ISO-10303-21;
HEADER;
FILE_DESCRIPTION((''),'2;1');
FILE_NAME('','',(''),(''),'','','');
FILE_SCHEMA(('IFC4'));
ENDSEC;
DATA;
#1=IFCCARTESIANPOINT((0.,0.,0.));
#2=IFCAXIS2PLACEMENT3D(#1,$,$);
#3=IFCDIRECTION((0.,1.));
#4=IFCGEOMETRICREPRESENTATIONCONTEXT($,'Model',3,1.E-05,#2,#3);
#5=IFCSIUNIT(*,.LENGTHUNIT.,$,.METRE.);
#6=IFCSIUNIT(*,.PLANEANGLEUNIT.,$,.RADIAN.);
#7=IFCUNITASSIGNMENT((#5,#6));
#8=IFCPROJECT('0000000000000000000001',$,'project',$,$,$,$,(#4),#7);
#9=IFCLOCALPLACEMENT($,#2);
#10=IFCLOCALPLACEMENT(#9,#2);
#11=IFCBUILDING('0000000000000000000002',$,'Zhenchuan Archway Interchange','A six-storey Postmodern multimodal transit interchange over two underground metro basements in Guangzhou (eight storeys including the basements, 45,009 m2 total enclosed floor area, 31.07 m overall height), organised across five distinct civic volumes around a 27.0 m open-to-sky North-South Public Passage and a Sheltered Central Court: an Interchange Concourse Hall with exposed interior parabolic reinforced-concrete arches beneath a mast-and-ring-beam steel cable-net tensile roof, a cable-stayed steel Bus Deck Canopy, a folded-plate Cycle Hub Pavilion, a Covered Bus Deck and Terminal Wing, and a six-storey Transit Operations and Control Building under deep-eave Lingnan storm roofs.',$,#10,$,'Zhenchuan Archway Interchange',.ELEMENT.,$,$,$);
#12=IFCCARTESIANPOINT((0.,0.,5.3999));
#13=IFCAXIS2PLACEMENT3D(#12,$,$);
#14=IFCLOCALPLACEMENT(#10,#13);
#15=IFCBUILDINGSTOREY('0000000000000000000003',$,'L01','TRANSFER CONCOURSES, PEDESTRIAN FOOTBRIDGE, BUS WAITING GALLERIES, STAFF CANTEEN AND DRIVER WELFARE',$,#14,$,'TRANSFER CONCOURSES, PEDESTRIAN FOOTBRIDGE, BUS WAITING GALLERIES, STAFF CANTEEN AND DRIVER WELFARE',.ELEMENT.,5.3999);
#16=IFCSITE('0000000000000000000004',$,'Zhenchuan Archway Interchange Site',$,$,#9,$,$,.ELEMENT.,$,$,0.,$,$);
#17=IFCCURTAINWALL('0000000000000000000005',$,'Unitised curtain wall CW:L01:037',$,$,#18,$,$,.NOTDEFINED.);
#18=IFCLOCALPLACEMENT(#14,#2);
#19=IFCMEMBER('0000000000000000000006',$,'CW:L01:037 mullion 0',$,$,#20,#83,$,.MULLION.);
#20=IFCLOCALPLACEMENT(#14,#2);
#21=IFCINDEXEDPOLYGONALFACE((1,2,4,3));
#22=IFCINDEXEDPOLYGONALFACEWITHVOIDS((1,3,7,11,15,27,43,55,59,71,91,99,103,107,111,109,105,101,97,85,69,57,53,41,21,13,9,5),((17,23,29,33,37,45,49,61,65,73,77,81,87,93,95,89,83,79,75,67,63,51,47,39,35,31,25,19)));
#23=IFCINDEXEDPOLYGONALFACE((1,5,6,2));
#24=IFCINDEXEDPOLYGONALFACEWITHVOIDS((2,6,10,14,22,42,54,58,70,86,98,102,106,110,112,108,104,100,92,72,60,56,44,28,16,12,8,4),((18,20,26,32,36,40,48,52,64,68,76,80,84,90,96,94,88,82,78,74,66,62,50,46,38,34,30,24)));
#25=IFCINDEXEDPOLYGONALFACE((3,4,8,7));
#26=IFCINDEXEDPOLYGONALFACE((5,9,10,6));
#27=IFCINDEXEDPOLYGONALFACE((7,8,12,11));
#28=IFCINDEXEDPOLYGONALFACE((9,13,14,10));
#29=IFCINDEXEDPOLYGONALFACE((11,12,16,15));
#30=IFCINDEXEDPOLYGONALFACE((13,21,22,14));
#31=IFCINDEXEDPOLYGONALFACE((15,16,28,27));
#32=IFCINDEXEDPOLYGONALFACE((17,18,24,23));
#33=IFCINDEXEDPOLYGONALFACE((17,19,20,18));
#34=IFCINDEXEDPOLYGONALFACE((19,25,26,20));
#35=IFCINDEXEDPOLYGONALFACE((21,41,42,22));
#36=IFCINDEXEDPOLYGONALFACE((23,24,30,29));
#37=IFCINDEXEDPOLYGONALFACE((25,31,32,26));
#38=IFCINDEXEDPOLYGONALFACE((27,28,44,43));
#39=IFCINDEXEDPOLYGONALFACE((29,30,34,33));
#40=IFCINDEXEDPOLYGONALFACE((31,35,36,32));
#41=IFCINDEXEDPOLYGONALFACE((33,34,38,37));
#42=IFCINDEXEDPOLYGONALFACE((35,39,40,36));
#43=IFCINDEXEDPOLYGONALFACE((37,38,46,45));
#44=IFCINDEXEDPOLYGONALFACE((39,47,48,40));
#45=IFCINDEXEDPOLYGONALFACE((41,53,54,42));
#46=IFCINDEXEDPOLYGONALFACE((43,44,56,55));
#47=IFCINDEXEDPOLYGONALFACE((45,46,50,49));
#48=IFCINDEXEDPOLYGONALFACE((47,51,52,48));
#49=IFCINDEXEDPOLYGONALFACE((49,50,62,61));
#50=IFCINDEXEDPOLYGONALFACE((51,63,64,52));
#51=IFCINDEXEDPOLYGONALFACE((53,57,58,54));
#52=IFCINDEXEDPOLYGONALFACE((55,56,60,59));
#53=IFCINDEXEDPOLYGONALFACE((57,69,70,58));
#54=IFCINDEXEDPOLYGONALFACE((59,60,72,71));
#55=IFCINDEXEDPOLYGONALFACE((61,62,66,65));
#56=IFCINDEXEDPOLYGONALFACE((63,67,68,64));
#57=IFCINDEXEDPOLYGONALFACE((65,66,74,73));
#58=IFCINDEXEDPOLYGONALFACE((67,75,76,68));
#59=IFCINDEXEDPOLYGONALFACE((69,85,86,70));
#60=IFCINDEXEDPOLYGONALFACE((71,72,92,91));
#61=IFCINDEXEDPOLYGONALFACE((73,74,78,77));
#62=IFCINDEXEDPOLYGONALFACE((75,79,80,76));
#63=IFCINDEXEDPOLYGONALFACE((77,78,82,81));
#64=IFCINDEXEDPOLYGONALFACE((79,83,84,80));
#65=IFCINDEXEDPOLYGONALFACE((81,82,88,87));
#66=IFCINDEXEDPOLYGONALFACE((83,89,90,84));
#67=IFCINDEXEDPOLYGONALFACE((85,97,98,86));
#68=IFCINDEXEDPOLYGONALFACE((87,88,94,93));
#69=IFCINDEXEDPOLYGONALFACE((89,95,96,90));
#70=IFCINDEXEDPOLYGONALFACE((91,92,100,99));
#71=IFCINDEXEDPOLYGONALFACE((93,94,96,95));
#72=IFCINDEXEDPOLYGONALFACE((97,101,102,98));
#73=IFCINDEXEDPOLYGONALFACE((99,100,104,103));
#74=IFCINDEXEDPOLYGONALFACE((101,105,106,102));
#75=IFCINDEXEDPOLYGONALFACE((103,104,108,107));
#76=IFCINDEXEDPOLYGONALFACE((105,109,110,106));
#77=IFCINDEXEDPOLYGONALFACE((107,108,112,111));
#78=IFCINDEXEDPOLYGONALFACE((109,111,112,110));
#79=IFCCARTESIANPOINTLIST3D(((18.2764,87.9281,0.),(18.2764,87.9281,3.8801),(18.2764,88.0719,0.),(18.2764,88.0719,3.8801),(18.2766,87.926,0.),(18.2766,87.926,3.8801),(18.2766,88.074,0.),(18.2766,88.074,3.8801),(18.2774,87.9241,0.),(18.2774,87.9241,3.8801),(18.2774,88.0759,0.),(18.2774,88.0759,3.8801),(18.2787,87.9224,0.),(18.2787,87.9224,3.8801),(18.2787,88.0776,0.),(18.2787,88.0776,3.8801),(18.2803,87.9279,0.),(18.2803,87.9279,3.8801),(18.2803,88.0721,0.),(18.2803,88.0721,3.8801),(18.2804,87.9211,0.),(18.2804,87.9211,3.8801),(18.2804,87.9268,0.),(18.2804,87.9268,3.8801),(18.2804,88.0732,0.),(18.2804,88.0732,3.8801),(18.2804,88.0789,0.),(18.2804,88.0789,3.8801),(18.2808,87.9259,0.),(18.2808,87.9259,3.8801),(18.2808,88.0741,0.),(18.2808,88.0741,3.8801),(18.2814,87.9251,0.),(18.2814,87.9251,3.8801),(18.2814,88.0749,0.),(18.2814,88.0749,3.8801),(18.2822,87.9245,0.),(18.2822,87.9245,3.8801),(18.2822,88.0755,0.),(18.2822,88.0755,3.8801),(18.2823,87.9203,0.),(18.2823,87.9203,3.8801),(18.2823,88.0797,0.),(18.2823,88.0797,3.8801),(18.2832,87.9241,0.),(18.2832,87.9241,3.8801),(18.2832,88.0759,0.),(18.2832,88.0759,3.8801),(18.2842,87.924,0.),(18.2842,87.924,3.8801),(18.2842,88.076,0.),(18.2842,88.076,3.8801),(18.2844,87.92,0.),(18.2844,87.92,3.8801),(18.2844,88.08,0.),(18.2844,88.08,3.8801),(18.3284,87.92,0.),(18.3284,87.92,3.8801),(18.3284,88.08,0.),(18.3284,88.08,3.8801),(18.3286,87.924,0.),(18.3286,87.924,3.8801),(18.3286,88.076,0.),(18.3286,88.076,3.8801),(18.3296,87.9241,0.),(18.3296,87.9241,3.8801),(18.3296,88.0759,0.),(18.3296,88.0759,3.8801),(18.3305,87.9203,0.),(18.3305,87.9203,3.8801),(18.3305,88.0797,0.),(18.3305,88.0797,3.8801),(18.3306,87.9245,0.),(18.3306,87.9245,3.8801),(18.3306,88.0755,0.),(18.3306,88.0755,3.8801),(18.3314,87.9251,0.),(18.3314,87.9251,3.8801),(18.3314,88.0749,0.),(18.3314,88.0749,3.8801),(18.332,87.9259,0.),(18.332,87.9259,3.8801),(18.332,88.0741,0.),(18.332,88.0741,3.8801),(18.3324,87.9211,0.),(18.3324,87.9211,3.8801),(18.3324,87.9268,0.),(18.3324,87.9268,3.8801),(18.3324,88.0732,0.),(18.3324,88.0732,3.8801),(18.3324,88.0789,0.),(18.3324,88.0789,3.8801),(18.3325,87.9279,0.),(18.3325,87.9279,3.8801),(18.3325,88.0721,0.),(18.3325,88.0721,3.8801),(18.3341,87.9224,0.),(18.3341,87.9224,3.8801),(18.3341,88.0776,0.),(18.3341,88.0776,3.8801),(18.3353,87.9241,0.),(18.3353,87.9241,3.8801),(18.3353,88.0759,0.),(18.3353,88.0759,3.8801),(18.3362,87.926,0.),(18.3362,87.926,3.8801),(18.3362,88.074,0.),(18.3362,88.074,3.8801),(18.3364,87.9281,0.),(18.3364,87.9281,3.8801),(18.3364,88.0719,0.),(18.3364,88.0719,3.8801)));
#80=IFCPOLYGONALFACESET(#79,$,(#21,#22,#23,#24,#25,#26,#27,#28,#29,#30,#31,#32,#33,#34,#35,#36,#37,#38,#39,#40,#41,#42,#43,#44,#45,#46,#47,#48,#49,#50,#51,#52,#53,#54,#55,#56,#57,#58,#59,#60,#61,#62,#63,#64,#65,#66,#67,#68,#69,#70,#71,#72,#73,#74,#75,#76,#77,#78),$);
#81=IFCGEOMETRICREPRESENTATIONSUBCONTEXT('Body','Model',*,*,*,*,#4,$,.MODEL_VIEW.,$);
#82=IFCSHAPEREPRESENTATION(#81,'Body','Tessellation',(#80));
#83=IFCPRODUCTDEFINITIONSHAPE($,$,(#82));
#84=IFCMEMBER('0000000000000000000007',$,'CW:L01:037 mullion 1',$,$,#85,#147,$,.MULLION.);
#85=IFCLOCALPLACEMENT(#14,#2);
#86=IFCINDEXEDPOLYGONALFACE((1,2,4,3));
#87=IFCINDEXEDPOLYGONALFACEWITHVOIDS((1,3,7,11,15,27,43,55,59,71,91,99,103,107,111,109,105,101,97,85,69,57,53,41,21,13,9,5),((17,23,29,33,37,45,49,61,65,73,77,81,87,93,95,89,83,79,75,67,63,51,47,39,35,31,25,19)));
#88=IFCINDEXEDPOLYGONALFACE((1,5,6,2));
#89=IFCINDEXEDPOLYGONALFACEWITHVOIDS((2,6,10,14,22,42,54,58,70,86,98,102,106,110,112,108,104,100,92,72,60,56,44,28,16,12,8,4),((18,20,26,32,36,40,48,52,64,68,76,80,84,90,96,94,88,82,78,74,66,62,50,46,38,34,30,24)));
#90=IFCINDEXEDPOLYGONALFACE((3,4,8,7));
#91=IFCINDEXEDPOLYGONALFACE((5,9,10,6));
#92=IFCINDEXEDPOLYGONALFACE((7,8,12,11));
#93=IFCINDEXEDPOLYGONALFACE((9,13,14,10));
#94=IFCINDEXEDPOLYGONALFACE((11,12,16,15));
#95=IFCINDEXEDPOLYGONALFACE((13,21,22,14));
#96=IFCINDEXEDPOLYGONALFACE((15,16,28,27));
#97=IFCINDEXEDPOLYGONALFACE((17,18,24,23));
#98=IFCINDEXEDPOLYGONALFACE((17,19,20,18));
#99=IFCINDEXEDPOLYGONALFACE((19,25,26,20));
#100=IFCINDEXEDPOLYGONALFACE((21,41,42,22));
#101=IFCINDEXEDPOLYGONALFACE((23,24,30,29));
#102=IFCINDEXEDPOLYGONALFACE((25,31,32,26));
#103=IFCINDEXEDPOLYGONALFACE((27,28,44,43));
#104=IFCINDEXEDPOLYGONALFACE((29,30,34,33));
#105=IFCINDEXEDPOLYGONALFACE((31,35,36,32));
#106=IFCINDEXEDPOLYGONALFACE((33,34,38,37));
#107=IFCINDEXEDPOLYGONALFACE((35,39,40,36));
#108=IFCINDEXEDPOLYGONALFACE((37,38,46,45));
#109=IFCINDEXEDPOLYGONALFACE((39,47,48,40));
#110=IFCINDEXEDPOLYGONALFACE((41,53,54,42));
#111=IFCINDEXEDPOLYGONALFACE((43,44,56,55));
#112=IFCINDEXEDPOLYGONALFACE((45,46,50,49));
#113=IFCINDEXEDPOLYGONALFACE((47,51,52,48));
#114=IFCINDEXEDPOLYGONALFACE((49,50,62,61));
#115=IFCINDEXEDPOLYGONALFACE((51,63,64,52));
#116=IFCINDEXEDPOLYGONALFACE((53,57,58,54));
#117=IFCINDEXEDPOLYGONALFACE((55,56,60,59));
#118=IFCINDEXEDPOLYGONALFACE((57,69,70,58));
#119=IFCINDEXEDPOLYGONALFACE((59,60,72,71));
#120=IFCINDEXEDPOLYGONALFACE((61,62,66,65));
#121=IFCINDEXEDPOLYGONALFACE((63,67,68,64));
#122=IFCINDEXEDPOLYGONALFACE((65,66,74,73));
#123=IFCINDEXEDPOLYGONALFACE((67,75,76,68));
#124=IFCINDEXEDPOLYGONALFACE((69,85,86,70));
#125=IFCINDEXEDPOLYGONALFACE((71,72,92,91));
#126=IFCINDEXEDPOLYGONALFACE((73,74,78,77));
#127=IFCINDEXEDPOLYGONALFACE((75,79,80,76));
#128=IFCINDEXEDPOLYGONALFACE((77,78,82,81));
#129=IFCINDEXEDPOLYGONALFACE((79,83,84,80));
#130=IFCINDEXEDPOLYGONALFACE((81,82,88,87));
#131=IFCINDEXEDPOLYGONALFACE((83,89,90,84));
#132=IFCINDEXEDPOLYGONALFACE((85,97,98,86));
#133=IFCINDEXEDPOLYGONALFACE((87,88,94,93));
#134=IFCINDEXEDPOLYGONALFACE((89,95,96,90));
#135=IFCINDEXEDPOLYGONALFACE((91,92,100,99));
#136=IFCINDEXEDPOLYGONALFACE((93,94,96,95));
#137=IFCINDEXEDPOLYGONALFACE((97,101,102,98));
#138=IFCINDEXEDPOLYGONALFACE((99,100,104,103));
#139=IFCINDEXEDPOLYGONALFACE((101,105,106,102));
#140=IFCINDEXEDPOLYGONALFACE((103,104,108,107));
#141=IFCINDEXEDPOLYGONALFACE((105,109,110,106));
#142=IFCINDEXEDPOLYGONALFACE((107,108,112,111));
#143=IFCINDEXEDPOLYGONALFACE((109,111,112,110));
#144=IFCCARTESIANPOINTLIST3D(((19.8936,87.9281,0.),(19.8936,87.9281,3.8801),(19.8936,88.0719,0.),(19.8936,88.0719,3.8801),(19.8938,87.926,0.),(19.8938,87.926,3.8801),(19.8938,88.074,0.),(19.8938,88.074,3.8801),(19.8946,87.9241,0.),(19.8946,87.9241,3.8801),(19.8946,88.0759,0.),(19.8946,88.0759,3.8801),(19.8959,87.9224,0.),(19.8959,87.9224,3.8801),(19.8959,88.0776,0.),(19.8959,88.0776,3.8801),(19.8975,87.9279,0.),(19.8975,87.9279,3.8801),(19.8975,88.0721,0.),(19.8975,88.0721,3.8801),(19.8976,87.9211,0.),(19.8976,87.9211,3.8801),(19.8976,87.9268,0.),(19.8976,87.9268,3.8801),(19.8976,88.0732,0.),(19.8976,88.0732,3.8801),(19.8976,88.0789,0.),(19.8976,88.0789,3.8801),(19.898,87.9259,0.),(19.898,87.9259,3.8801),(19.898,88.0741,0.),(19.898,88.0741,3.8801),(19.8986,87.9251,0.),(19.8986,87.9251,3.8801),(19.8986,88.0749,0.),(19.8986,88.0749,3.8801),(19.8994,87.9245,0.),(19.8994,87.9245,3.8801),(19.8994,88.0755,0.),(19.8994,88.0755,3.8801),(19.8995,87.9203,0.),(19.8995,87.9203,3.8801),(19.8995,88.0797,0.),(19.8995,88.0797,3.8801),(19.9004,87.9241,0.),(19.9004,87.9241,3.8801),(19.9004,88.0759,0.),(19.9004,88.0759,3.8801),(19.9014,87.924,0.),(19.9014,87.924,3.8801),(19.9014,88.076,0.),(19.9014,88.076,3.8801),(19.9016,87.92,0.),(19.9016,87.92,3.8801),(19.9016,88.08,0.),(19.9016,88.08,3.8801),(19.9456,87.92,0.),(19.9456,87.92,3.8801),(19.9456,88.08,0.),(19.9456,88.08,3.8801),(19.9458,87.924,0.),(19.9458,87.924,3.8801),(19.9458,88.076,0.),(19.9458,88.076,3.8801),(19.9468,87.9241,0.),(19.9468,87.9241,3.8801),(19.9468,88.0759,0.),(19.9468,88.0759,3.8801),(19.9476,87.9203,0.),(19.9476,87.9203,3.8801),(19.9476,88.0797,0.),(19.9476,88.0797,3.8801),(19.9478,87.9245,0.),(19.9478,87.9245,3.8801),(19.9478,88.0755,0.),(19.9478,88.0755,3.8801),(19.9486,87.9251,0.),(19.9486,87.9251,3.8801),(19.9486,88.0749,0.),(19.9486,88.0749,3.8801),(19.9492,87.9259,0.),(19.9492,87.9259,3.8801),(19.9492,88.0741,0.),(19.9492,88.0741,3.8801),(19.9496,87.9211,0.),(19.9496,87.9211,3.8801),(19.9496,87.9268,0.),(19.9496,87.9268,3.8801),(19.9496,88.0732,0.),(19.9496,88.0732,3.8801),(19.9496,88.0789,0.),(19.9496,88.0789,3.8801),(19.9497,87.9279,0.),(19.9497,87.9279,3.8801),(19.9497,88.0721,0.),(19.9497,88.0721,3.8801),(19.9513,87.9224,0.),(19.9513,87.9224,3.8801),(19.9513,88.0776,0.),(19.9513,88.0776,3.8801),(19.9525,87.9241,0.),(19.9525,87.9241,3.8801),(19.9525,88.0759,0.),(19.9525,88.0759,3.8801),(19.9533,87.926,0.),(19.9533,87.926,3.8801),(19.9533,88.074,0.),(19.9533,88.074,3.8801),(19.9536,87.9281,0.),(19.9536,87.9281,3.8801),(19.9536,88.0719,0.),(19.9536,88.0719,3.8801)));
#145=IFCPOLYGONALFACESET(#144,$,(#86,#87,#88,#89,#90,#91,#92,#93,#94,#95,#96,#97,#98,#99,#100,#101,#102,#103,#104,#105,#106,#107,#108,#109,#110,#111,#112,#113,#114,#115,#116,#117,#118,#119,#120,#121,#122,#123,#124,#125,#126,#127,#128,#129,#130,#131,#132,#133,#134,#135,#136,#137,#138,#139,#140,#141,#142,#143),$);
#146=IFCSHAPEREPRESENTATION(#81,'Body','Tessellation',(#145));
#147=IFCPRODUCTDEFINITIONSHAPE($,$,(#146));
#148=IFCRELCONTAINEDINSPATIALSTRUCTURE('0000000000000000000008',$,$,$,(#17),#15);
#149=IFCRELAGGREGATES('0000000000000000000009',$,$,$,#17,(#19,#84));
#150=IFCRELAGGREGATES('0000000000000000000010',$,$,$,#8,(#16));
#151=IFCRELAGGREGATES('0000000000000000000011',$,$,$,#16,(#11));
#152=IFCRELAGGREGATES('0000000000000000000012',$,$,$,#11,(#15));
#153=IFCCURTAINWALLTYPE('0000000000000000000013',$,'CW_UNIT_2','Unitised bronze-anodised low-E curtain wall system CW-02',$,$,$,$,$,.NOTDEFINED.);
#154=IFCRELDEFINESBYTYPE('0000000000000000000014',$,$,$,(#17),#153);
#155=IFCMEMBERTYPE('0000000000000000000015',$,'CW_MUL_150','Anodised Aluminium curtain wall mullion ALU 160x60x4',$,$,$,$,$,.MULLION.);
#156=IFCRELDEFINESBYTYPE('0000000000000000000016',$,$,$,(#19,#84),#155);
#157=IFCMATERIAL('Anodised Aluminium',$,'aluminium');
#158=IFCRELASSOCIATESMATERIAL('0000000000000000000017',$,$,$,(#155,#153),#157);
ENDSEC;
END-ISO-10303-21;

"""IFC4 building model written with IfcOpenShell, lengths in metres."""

from ifc_helpers import new_model, si_unit, direction, frame, origin, origin_2d, place, context, subcontext, project, spatial, hollow_rectangle, extrude, material, material_profile, profile_set, type_object, element, aggregate, save


model = new_model("IFC4")

# Units and contexts
model_context = context("Model", 3, precision=1e-05, world=origin(), true_north=direction((0.0, 1.0)))
body_context = subcontext(model_context, "Body", "Model", "MODEL_VIEW")
ifc_project = project(units=[si_unit("LENGTHUNIT", "METRE"), si_unit("PLANEANGLEUNIT", "RADIAN")], contexts=[model_context])

# Site, building, storey
site_placement = place(None, origin())
site = spatial("IfcSite", under=ifc_project, at=site_placement, Name="Zhenchuan Archway Interchange Site", CompositionType="ELEMENT", RefElevation=0.0)
building_placement = place(site_placement, origin())
building = spatial("IfcBuilding", under=site, at=building_placement, Name="Zhenchuan Archway Interchange", Description="A six-storey Postmodern multimodal transit interchange over two underground metro basements in Guangzhou (eight storeys including the basements, 45,009 m2 total enclosed floor area, 31.07 m overall height), organised across five distinct civic volumes around a 27.0 m open-to-sky North-South Public Passage and a Sheltered Central Court: an Interchange Concourse Hall with exposed interior parabolic reinforced-concrete arches beneath a mast-and-ring-beam steel cable-net tensile roof, a cable-stayed steel Bus Deck Canopy, a folded-plate Cycle Hub Pavilion, a Covered Bus Deck and Terminal Wing, and a six-storey Transit Operations and Control Building under deep-eave Lingnan storm roofs.", LongName="Zhenchuan Archway Interchange", CompositionType="ELEMENT")
storey_placement = place(building_placement, frame((0.0, 0.0, 5.3999)))
storey = spatial("IfcBuildingStorey", under=building, at=storey_placement, Name="L01", Description="TRANSFER CONCOURSES, PEDESTRIAN FOOTBRIDGE, BUS WAITING GALLERIES, STAFF CANTEEN AND DRIVER WELFARE", LongName="TRANSFER CONCOURSES, PEDESTRIAN FOOTBRIDGE, BUS WAITING GALLERIES, STAFF CANTEEN AND DRIVER WELFARE", CompositionType="ELEMENT", Elevation=5.3999)

# Shared definitions
ifc_material_1 = material(Name="Anodised Aluminium", Category="aluminium")
ifc_material_profile_1 = material_profile(ifc_material_1, hollow_rectangle(XDim=0.0601, YDim=0.1599, WallThickness=0.0039, InnerFilletRadius=0.0039, OuterFilletRadius=0.0081, at=origin_2d()), Name="ALU 160x60x4")
ifc_profile_set_1 = profile_set([ifc_material_profile_1], Name="Anodised Aluminium")
member_type_1 = type_object("IfcMemberType", Name="CW_MUL_150", Description="Anodised Aluminium curtain wall mullion ALU 160x60x4", PredefinedType="MULLION", material=ifc_profile_set_1)

# Curtain wall, members
curtain_wall_type_1 = type_object("IfcCurtainWallType", Name="CW_UNIT_2", Description="Unitised bronze-anodised low-E curtain wall system CW-02", PredefinedType="NOTDEFINED", material=ifc_material_1)
curtain_wall_1_placement = place(storey_placement, origin())
curtain_wall_1 = element("IfcCurtainWall", 1, at=curtain_wall_1_placement, inside=storey, type_object=curtain_wall_type_1, Name="Unitised curtain wall CW:L01:037", PredefinedType="NOTDEFINED")
member_1_placement = place(storey_placement, frame((18.3064, 88.0, 0.0), z_axis=(0.0, 0.0, 1.0), x_axis=(1.0, 0.0, 0.0)))
member_1 = element("IfcMember", 2, at=member_1_placement, type_object=member_type_1, Name="CW:L01:037 mullion 0", PredefinedType="MULLION", context=body_context, shape_type="SweptSolid", body=[
    extrude(hollow_rectangle(XDim=0.0601, YDim=0.1599, WallThickness=0.0039, InnerFilletRadius=0.0039, OuterFilletRadius=0.0081, at=origin_2d()), origin(), (0.0, 0.0, 1.0), 3.8801),
])
member_2_placement = place(storey_placement, frame((19.9236, 88.0, 0.0), z_axis=(0.0, 0.0, 1.0), x_axis=(1.0, 0.0, 0.0)))
member_2 = element("IfcMember", 3, at=member_2_placement, type_object=member_type_1, Name="CW:L01:037 mullion 1", PredefinedType="MULLION", context=body_context, shape_type="SweptSolid", body=[
    extrude(hollow_rectangle(XDim=0.0601, YDim=0.1599, WallThickness=0.0039, InnerFilletRadius=0.0039, OuterFilletRadius=0.0081, at=origin_2d()), origin(), (0.0, 0.0, 1.0), 3.8801),
])

aggregate(curtain_wall_1, [member_1, member_2])

save(model, "model.ifc")
